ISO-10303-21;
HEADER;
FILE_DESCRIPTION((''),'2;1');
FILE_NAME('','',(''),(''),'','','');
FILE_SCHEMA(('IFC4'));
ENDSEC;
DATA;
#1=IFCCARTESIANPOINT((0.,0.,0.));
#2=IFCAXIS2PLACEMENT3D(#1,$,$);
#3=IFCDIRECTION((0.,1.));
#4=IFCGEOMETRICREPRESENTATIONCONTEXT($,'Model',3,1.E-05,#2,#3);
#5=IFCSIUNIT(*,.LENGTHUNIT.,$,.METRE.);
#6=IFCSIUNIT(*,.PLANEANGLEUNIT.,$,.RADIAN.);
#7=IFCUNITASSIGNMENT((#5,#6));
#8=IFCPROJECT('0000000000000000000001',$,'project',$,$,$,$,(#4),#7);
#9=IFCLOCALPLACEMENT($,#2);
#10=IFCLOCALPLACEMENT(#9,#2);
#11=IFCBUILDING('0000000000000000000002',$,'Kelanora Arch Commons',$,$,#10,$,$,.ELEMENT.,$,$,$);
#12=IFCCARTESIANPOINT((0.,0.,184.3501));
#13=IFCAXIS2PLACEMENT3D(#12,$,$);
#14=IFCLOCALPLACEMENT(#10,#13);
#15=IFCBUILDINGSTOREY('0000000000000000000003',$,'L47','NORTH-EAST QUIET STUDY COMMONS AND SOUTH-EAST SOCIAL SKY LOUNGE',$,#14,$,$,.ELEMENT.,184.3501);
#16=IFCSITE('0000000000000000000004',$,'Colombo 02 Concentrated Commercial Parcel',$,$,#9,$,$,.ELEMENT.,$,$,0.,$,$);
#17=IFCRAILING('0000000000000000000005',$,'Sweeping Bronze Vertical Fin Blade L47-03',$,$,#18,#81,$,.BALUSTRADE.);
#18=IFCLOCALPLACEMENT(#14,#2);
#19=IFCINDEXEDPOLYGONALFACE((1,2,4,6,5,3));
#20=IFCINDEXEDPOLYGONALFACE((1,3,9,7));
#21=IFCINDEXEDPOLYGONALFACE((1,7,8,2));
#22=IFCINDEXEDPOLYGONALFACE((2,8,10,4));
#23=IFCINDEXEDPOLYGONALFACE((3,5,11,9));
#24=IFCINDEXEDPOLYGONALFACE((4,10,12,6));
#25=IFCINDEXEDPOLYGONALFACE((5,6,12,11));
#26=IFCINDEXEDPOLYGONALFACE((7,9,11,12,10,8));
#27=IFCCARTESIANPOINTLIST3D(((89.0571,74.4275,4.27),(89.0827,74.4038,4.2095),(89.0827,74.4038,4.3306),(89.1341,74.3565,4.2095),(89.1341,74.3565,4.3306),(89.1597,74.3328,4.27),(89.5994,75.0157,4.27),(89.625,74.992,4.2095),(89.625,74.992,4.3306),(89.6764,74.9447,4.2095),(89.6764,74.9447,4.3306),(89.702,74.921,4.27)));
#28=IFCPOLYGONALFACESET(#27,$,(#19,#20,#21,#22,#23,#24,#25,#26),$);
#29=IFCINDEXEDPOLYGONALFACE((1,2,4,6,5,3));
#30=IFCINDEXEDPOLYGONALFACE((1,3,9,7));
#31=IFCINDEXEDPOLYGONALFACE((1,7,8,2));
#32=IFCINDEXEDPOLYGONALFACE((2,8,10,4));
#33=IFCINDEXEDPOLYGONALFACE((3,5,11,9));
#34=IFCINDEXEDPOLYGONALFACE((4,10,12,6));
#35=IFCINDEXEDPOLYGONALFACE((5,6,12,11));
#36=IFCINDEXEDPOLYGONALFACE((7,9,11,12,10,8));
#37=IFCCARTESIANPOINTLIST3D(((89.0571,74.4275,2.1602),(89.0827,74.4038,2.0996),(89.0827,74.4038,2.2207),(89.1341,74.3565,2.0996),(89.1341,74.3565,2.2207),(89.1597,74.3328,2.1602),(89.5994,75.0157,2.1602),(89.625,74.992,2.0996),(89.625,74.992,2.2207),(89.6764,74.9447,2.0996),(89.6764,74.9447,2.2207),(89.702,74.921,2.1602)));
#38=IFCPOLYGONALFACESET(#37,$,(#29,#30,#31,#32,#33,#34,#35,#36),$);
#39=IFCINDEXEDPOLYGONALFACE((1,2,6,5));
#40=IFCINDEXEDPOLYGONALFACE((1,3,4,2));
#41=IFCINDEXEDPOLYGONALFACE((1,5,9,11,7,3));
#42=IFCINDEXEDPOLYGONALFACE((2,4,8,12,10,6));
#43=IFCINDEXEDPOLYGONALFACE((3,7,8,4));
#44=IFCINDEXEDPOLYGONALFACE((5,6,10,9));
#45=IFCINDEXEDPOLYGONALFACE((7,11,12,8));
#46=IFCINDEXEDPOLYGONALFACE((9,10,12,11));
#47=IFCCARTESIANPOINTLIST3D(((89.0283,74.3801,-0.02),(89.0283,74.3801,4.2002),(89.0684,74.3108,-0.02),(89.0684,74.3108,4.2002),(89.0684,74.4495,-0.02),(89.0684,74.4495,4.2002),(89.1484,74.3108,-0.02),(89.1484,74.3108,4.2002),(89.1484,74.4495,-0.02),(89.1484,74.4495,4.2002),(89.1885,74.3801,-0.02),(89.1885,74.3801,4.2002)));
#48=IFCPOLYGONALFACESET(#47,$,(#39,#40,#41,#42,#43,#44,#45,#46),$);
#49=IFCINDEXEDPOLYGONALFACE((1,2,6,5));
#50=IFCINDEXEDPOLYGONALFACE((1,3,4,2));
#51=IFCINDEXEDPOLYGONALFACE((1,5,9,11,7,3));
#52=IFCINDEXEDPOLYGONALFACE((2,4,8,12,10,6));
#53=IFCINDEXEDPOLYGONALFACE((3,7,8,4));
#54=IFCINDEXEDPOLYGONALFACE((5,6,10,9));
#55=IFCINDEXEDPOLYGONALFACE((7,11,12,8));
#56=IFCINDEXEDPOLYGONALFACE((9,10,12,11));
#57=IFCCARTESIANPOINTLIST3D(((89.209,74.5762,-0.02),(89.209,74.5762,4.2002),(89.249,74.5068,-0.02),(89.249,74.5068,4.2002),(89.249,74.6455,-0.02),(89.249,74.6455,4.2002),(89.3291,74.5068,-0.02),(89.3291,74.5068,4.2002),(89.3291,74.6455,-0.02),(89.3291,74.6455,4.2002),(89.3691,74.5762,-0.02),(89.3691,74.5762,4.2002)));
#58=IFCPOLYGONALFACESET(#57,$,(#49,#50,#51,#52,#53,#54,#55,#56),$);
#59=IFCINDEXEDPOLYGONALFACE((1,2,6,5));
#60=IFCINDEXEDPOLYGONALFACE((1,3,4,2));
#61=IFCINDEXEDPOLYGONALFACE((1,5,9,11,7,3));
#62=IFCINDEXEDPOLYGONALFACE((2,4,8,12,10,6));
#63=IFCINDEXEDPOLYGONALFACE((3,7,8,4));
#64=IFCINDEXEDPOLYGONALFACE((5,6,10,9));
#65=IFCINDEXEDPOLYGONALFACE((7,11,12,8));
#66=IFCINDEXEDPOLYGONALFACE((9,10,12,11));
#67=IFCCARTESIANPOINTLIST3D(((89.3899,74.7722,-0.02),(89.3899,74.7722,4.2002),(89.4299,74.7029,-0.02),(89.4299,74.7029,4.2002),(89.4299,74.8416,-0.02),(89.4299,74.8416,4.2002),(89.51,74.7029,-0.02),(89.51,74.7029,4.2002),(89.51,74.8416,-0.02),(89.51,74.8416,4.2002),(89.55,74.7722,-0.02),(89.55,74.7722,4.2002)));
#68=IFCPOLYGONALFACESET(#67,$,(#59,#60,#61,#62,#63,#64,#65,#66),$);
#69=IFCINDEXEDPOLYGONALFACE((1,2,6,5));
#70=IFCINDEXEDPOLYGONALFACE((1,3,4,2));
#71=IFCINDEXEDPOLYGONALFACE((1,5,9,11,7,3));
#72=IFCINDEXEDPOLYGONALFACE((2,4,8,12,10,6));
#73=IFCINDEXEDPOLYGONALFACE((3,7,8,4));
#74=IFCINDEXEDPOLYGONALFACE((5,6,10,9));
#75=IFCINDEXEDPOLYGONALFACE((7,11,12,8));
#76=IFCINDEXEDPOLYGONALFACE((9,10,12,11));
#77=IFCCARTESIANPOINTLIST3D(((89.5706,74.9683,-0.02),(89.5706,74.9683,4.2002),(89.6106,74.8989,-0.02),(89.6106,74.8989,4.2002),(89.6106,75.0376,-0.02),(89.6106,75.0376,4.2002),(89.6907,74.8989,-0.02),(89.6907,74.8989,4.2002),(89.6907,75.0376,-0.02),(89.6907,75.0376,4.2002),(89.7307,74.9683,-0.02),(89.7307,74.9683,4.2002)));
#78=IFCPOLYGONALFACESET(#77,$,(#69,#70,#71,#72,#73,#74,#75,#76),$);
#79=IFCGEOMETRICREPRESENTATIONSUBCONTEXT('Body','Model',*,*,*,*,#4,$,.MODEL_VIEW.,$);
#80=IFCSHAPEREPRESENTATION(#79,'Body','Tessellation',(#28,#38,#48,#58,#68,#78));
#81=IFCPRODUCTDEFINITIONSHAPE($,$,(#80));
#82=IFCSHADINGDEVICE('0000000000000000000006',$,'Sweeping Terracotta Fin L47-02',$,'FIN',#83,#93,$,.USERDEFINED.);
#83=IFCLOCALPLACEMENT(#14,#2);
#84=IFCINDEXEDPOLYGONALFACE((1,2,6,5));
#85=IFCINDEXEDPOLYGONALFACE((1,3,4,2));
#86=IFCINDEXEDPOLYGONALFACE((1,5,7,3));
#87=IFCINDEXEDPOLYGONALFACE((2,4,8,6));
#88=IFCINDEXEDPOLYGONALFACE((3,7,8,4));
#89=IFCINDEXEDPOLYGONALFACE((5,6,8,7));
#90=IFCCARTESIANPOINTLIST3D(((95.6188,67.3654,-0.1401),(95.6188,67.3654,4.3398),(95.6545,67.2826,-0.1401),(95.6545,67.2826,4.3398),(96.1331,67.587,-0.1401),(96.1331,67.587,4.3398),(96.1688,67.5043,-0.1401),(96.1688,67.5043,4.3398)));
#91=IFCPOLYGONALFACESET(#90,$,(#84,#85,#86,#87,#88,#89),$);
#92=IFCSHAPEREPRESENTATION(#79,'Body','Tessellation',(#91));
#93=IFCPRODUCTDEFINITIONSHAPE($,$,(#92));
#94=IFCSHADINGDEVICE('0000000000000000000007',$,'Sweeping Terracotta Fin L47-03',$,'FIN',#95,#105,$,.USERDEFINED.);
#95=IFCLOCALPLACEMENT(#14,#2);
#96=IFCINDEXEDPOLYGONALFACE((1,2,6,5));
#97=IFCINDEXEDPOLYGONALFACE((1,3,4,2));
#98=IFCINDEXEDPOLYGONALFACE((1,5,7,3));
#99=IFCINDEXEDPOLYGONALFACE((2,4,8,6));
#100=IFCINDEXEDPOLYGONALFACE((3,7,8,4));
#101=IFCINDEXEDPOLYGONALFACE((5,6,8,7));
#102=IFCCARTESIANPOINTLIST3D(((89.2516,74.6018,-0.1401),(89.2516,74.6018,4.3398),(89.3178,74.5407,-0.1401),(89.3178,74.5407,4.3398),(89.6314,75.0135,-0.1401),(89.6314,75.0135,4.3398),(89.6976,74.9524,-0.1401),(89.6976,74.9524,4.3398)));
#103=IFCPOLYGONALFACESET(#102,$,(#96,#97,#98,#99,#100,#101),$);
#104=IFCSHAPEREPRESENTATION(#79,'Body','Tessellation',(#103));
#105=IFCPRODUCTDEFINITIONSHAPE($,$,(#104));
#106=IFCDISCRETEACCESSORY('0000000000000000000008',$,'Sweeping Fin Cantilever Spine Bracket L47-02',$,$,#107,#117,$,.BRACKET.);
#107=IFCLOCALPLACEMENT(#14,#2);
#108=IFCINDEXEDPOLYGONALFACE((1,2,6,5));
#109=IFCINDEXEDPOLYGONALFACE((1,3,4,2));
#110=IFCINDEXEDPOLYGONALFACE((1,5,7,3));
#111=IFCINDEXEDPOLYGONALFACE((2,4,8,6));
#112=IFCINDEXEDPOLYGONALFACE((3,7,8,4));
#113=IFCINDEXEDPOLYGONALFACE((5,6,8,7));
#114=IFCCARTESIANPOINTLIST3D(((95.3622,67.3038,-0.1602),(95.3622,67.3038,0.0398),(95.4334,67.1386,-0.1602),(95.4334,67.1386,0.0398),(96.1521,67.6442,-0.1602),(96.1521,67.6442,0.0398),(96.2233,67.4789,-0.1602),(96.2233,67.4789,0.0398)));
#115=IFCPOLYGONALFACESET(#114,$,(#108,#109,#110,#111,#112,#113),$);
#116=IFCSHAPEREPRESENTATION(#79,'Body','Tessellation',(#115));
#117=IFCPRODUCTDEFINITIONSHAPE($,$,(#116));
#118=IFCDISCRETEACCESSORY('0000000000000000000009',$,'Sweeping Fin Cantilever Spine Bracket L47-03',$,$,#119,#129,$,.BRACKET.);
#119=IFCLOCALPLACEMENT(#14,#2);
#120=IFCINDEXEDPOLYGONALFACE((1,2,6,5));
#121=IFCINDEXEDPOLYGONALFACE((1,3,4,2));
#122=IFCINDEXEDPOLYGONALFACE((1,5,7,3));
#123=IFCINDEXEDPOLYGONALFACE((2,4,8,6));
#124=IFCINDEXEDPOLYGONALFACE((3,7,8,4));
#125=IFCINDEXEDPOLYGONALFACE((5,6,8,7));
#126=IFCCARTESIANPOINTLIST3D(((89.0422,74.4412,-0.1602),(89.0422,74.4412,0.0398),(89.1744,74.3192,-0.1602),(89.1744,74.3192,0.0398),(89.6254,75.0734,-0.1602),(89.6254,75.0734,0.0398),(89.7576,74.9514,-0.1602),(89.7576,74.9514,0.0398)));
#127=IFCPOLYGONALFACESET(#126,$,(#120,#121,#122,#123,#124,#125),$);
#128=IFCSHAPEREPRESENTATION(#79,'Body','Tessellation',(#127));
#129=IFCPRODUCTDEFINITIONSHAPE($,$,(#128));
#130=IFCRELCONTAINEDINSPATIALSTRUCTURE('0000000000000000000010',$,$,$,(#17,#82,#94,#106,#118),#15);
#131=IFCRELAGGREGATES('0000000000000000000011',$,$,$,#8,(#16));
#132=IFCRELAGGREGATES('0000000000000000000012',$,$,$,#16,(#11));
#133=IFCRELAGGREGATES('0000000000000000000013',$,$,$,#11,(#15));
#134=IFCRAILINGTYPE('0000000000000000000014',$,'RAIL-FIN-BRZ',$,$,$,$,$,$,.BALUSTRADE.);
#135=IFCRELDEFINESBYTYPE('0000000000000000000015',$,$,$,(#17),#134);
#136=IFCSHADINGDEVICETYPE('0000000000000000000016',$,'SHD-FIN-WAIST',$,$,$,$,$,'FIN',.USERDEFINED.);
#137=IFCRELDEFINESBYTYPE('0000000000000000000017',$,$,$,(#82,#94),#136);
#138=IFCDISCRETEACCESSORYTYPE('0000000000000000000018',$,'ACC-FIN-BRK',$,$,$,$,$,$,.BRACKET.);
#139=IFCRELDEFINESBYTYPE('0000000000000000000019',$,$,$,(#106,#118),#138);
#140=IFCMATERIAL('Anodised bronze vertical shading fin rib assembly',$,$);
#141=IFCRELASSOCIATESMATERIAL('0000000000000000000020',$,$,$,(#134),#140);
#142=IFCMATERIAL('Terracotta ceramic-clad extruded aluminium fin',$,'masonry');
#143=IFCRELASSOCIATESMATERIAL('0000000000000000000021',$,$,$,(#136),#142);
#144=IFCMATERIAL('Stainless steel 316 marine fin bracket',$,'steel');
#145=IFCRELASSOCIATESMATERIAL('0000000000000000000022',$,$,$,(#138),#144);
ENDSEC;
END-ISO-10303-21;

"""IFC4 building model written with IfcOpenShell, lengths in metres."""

from ifc_helpers import new_model, si_unit, direction, frame, origin, origin_2d, place, context, subcontext, project, spatial, polyline, rectangle, outline, extrude, source, transform, mapped, material, type_object, element, save


model = new_model("IFC4")

# Units and contexts
model_context = context("Model", 3, precision=1e-05, world=origin(), true_north=direction((0.0, 1.0)))
body_context = subcontext(model_context, "Body", "Model", "MODEL_VIEW")
ifc_project = project(units=[si_unit("LENGTHUNIT", "METRE"), si_unit("PLANEANGLEUNIT", "RADIAN")], contexts=[model_context])

# Site, building, storey
site_placement = place(None, origin())
site = spatial("IfcSite", under=ifc_project, at=site_placement, Name="Colombo 02 Concentrated Commercial Parcel", CompositionType="ELEMENT", RefElevation=0.0)
building_placement = place(site_placement, origin())
building = spatial("IfcBuilding", under=site, at=building_placement, Name="Kelanora Arch Commons", CompositionType="ELEMENT")
storey_placement = place(building_placement, frame((0.0, 0.0, 184.3501)))
storey = spatial("IfcBuildingStorey", under=building, at=storey_placement, Name="L47", Description="NORTH-EAST QUIET STUDY COMMONS AND SOUTH-EAST SOCIAL SKY LOUNGE", CompositionType="ELEMENT", Elevation=184.3501)

# Railing
ifc_material_1 = material(Name="Anodised bronze vertical shading fin rib assembly")
railing_type = type_object("IfcRailingType", Name="RAIL-FIN-BRZ", PredefinedType="BALUSTRADE", material=ifc_material_1)
railing_1_placement = place(storey_placement, frame((89.1084, 74.3801, -0.02)))
element("IfcRailing", 1, at=railing_1_placement, inside=storey, type_object=railing_type, Name="Sweeping Bronze Vertical Fin Blade L47-03", PredefinedType="BALUSTRADE", context=body_context, shape_type="SweptSolid", body=[
    extrude(outline(polyline([(0.0698, 0.0), (0.0349, 0.0605), (-0.0349, 0.0605), (-0.0698, 0.0), (-0.0349, -0.0605), (0.0349, -0.0605), (0.0698, 0.0)])), frame((0.0, 0.0, 4.29), z_axis=(0.677836, 0.735213, 0.0), x_axis=(-0.735213, 0.677836, 0.0)), (0.0, 0.0, 1.0), 0.8),
    extrude(outline(polyline([(0.0698, 0.0), (0.0349, 0.0605), (-0.0349, 0.0605), (-0.0698, 0.0), (-0.0349, -0.0605), (0.0349, -0.0605), (0.0698, 0.0)])), frame((0.0, 0.0, 2.1802), z_axis=(0.677836, 0.735213, 0.0), x_axis=(-0.735213, 0.677836, 0.0)), (0.0, 0.0, 1.0), 0.8),
    extrude(outline(polyline([(0.0801, 0.0), (0.04, 0.0693), (-0.04, 0.0693), (-0.0801, 0.0), (-0.04, -0.0693), (0.04, -0.0693), (0.0801, 0.0)])), origin(), (0.0, 0.0, 1.0), 4.2202),
    extrude(outline(polyline([(0.0801, 0.0), (0.04, 0.0693), (-0.04, 0.0693), (-0.0801, 0.0), (-0.04, -0.0693), (0.04, -0.0693), (0.0801, 0.0)])), frame((0.1807, 0.196, 0.0)), (0.0, 0.0, 1.0), 4.2202),
    extrude(outline(polyline([(0.0801, 0.0), (0.04, 0.0693), (-0.04, 0.0693), (-0.0801, 0.0), (-0.04, -0.0693), (0.04, -0.0693), (0.0801, 0.0)])), frame((0.3616, 0.3921, 0.0)), (0.0, 0.0, 1.0), 4.2202),
    extrude(outline(polyline([(0.0801, 0.0), (0.04, 0.0693), (-0.04, 0.0693), (-0.0801, 0.0), (-0.04, -0.0693), (0.04, -0.0693), (0.0801, 0.0)])), frame((0.5422, 0.5881, 0.0)), (0.0, 0.0, 1.0), 4.2202),
])

# Shading devices
ifc_material_2 = material(Name="Terracotta ceramic-clad extruded aluminium fin", Category="masonry")
shading_device_type = type_object("IfcShadingDeviceType", Name="SHD-FIN-WAIST", ElementType="FIN", PredefinedType="USERDEFINED", material=ifc_material_2)
shared_shape_1 = source(origin(), body_context, "Body", "SweptSolid", [
    extrude(rectangle(XDim=0.5601, YDim=0.0901, at=origin_2d()), origin(), (0.0, 0.0, 1.0), 4.48),
])
for number, where, z_axis, x_axis, name in (
    (2, (95.8938, 67.4348, -0.1401), (0.0, 0.0, 1.0), (0.918377, 0.395706, 0.0), "Sweeping Terracotta Fin L47-02"),
    (3, (89.4746, 74.7771, -0.1401), (0.0, 0.0, 1.0), (0.678031, 0.735033, 0.0), "Sweeping Terracotta Fin L47-03"),
):
    element("IfcShadingDevice", number, at=place(storey_placement, frame(where, z_axis=z_axis, x_axis=x_axis)), inside=storey, type_object=shading_device_type, Name=name, ObjectType="FIN", PredefinedType="USERDEFINED", context=body_context, shape_type="MappedRepresentation", body=[
        mapped(shared_shape_1, transform((0.0, 0.0, 0.0), scale=1.0)),
    ])

# Discrete accessories
ifc_material_3 = material(Name="Stainless steel 316 marine fin bracket", Category="steel")
discrete_accessory_type = type_object("IfcDiscreteAccessoryType", Name="ACC-FIN-BRK", PredefinedType="BRACKET", material=ifc_material_3)
shared_shape_2 = source(origin(), body_context, "Body", "SweptSolid", [
    extrude(rectangle(XDim=0.8601, YDim=0.1799, at=origin_2d()), origin(), (0.0, 0.0, 1.0), 0.2),
])
for number, where, z_axis, x_axis, name in (
    (4, (95.7927, 67.3914, -0.1602), (0.0, 0.0, 1.0), (0.918377, 0.395706, 0.0), "Sweeping Fin Cantilever Spine Bracket L47-02"),
    (5, (89.3999, 74.6963, -0.1602), (0.0, 0.0, 1.0), (0.678031, 0.735033, 0.0), "Sweeping Fin Cantilever Spine Bracket L47-03"),
):
    element("IfcDiscreteAccessory", number, at=place(storey_placement, frame(where, z_axis=z_axis, x_axis=x_axis)), inside=storey, type_object=discrete_accessory_type, Name=name, PredefinedType="BRACKET", context=body_context, shape_type="MappedRepresentation", body=[
        mapped(shared_shape_2, transform((0.0, 0.0, 0.0), scale=1.0)),
    ])

save(model, "model.ifc")
